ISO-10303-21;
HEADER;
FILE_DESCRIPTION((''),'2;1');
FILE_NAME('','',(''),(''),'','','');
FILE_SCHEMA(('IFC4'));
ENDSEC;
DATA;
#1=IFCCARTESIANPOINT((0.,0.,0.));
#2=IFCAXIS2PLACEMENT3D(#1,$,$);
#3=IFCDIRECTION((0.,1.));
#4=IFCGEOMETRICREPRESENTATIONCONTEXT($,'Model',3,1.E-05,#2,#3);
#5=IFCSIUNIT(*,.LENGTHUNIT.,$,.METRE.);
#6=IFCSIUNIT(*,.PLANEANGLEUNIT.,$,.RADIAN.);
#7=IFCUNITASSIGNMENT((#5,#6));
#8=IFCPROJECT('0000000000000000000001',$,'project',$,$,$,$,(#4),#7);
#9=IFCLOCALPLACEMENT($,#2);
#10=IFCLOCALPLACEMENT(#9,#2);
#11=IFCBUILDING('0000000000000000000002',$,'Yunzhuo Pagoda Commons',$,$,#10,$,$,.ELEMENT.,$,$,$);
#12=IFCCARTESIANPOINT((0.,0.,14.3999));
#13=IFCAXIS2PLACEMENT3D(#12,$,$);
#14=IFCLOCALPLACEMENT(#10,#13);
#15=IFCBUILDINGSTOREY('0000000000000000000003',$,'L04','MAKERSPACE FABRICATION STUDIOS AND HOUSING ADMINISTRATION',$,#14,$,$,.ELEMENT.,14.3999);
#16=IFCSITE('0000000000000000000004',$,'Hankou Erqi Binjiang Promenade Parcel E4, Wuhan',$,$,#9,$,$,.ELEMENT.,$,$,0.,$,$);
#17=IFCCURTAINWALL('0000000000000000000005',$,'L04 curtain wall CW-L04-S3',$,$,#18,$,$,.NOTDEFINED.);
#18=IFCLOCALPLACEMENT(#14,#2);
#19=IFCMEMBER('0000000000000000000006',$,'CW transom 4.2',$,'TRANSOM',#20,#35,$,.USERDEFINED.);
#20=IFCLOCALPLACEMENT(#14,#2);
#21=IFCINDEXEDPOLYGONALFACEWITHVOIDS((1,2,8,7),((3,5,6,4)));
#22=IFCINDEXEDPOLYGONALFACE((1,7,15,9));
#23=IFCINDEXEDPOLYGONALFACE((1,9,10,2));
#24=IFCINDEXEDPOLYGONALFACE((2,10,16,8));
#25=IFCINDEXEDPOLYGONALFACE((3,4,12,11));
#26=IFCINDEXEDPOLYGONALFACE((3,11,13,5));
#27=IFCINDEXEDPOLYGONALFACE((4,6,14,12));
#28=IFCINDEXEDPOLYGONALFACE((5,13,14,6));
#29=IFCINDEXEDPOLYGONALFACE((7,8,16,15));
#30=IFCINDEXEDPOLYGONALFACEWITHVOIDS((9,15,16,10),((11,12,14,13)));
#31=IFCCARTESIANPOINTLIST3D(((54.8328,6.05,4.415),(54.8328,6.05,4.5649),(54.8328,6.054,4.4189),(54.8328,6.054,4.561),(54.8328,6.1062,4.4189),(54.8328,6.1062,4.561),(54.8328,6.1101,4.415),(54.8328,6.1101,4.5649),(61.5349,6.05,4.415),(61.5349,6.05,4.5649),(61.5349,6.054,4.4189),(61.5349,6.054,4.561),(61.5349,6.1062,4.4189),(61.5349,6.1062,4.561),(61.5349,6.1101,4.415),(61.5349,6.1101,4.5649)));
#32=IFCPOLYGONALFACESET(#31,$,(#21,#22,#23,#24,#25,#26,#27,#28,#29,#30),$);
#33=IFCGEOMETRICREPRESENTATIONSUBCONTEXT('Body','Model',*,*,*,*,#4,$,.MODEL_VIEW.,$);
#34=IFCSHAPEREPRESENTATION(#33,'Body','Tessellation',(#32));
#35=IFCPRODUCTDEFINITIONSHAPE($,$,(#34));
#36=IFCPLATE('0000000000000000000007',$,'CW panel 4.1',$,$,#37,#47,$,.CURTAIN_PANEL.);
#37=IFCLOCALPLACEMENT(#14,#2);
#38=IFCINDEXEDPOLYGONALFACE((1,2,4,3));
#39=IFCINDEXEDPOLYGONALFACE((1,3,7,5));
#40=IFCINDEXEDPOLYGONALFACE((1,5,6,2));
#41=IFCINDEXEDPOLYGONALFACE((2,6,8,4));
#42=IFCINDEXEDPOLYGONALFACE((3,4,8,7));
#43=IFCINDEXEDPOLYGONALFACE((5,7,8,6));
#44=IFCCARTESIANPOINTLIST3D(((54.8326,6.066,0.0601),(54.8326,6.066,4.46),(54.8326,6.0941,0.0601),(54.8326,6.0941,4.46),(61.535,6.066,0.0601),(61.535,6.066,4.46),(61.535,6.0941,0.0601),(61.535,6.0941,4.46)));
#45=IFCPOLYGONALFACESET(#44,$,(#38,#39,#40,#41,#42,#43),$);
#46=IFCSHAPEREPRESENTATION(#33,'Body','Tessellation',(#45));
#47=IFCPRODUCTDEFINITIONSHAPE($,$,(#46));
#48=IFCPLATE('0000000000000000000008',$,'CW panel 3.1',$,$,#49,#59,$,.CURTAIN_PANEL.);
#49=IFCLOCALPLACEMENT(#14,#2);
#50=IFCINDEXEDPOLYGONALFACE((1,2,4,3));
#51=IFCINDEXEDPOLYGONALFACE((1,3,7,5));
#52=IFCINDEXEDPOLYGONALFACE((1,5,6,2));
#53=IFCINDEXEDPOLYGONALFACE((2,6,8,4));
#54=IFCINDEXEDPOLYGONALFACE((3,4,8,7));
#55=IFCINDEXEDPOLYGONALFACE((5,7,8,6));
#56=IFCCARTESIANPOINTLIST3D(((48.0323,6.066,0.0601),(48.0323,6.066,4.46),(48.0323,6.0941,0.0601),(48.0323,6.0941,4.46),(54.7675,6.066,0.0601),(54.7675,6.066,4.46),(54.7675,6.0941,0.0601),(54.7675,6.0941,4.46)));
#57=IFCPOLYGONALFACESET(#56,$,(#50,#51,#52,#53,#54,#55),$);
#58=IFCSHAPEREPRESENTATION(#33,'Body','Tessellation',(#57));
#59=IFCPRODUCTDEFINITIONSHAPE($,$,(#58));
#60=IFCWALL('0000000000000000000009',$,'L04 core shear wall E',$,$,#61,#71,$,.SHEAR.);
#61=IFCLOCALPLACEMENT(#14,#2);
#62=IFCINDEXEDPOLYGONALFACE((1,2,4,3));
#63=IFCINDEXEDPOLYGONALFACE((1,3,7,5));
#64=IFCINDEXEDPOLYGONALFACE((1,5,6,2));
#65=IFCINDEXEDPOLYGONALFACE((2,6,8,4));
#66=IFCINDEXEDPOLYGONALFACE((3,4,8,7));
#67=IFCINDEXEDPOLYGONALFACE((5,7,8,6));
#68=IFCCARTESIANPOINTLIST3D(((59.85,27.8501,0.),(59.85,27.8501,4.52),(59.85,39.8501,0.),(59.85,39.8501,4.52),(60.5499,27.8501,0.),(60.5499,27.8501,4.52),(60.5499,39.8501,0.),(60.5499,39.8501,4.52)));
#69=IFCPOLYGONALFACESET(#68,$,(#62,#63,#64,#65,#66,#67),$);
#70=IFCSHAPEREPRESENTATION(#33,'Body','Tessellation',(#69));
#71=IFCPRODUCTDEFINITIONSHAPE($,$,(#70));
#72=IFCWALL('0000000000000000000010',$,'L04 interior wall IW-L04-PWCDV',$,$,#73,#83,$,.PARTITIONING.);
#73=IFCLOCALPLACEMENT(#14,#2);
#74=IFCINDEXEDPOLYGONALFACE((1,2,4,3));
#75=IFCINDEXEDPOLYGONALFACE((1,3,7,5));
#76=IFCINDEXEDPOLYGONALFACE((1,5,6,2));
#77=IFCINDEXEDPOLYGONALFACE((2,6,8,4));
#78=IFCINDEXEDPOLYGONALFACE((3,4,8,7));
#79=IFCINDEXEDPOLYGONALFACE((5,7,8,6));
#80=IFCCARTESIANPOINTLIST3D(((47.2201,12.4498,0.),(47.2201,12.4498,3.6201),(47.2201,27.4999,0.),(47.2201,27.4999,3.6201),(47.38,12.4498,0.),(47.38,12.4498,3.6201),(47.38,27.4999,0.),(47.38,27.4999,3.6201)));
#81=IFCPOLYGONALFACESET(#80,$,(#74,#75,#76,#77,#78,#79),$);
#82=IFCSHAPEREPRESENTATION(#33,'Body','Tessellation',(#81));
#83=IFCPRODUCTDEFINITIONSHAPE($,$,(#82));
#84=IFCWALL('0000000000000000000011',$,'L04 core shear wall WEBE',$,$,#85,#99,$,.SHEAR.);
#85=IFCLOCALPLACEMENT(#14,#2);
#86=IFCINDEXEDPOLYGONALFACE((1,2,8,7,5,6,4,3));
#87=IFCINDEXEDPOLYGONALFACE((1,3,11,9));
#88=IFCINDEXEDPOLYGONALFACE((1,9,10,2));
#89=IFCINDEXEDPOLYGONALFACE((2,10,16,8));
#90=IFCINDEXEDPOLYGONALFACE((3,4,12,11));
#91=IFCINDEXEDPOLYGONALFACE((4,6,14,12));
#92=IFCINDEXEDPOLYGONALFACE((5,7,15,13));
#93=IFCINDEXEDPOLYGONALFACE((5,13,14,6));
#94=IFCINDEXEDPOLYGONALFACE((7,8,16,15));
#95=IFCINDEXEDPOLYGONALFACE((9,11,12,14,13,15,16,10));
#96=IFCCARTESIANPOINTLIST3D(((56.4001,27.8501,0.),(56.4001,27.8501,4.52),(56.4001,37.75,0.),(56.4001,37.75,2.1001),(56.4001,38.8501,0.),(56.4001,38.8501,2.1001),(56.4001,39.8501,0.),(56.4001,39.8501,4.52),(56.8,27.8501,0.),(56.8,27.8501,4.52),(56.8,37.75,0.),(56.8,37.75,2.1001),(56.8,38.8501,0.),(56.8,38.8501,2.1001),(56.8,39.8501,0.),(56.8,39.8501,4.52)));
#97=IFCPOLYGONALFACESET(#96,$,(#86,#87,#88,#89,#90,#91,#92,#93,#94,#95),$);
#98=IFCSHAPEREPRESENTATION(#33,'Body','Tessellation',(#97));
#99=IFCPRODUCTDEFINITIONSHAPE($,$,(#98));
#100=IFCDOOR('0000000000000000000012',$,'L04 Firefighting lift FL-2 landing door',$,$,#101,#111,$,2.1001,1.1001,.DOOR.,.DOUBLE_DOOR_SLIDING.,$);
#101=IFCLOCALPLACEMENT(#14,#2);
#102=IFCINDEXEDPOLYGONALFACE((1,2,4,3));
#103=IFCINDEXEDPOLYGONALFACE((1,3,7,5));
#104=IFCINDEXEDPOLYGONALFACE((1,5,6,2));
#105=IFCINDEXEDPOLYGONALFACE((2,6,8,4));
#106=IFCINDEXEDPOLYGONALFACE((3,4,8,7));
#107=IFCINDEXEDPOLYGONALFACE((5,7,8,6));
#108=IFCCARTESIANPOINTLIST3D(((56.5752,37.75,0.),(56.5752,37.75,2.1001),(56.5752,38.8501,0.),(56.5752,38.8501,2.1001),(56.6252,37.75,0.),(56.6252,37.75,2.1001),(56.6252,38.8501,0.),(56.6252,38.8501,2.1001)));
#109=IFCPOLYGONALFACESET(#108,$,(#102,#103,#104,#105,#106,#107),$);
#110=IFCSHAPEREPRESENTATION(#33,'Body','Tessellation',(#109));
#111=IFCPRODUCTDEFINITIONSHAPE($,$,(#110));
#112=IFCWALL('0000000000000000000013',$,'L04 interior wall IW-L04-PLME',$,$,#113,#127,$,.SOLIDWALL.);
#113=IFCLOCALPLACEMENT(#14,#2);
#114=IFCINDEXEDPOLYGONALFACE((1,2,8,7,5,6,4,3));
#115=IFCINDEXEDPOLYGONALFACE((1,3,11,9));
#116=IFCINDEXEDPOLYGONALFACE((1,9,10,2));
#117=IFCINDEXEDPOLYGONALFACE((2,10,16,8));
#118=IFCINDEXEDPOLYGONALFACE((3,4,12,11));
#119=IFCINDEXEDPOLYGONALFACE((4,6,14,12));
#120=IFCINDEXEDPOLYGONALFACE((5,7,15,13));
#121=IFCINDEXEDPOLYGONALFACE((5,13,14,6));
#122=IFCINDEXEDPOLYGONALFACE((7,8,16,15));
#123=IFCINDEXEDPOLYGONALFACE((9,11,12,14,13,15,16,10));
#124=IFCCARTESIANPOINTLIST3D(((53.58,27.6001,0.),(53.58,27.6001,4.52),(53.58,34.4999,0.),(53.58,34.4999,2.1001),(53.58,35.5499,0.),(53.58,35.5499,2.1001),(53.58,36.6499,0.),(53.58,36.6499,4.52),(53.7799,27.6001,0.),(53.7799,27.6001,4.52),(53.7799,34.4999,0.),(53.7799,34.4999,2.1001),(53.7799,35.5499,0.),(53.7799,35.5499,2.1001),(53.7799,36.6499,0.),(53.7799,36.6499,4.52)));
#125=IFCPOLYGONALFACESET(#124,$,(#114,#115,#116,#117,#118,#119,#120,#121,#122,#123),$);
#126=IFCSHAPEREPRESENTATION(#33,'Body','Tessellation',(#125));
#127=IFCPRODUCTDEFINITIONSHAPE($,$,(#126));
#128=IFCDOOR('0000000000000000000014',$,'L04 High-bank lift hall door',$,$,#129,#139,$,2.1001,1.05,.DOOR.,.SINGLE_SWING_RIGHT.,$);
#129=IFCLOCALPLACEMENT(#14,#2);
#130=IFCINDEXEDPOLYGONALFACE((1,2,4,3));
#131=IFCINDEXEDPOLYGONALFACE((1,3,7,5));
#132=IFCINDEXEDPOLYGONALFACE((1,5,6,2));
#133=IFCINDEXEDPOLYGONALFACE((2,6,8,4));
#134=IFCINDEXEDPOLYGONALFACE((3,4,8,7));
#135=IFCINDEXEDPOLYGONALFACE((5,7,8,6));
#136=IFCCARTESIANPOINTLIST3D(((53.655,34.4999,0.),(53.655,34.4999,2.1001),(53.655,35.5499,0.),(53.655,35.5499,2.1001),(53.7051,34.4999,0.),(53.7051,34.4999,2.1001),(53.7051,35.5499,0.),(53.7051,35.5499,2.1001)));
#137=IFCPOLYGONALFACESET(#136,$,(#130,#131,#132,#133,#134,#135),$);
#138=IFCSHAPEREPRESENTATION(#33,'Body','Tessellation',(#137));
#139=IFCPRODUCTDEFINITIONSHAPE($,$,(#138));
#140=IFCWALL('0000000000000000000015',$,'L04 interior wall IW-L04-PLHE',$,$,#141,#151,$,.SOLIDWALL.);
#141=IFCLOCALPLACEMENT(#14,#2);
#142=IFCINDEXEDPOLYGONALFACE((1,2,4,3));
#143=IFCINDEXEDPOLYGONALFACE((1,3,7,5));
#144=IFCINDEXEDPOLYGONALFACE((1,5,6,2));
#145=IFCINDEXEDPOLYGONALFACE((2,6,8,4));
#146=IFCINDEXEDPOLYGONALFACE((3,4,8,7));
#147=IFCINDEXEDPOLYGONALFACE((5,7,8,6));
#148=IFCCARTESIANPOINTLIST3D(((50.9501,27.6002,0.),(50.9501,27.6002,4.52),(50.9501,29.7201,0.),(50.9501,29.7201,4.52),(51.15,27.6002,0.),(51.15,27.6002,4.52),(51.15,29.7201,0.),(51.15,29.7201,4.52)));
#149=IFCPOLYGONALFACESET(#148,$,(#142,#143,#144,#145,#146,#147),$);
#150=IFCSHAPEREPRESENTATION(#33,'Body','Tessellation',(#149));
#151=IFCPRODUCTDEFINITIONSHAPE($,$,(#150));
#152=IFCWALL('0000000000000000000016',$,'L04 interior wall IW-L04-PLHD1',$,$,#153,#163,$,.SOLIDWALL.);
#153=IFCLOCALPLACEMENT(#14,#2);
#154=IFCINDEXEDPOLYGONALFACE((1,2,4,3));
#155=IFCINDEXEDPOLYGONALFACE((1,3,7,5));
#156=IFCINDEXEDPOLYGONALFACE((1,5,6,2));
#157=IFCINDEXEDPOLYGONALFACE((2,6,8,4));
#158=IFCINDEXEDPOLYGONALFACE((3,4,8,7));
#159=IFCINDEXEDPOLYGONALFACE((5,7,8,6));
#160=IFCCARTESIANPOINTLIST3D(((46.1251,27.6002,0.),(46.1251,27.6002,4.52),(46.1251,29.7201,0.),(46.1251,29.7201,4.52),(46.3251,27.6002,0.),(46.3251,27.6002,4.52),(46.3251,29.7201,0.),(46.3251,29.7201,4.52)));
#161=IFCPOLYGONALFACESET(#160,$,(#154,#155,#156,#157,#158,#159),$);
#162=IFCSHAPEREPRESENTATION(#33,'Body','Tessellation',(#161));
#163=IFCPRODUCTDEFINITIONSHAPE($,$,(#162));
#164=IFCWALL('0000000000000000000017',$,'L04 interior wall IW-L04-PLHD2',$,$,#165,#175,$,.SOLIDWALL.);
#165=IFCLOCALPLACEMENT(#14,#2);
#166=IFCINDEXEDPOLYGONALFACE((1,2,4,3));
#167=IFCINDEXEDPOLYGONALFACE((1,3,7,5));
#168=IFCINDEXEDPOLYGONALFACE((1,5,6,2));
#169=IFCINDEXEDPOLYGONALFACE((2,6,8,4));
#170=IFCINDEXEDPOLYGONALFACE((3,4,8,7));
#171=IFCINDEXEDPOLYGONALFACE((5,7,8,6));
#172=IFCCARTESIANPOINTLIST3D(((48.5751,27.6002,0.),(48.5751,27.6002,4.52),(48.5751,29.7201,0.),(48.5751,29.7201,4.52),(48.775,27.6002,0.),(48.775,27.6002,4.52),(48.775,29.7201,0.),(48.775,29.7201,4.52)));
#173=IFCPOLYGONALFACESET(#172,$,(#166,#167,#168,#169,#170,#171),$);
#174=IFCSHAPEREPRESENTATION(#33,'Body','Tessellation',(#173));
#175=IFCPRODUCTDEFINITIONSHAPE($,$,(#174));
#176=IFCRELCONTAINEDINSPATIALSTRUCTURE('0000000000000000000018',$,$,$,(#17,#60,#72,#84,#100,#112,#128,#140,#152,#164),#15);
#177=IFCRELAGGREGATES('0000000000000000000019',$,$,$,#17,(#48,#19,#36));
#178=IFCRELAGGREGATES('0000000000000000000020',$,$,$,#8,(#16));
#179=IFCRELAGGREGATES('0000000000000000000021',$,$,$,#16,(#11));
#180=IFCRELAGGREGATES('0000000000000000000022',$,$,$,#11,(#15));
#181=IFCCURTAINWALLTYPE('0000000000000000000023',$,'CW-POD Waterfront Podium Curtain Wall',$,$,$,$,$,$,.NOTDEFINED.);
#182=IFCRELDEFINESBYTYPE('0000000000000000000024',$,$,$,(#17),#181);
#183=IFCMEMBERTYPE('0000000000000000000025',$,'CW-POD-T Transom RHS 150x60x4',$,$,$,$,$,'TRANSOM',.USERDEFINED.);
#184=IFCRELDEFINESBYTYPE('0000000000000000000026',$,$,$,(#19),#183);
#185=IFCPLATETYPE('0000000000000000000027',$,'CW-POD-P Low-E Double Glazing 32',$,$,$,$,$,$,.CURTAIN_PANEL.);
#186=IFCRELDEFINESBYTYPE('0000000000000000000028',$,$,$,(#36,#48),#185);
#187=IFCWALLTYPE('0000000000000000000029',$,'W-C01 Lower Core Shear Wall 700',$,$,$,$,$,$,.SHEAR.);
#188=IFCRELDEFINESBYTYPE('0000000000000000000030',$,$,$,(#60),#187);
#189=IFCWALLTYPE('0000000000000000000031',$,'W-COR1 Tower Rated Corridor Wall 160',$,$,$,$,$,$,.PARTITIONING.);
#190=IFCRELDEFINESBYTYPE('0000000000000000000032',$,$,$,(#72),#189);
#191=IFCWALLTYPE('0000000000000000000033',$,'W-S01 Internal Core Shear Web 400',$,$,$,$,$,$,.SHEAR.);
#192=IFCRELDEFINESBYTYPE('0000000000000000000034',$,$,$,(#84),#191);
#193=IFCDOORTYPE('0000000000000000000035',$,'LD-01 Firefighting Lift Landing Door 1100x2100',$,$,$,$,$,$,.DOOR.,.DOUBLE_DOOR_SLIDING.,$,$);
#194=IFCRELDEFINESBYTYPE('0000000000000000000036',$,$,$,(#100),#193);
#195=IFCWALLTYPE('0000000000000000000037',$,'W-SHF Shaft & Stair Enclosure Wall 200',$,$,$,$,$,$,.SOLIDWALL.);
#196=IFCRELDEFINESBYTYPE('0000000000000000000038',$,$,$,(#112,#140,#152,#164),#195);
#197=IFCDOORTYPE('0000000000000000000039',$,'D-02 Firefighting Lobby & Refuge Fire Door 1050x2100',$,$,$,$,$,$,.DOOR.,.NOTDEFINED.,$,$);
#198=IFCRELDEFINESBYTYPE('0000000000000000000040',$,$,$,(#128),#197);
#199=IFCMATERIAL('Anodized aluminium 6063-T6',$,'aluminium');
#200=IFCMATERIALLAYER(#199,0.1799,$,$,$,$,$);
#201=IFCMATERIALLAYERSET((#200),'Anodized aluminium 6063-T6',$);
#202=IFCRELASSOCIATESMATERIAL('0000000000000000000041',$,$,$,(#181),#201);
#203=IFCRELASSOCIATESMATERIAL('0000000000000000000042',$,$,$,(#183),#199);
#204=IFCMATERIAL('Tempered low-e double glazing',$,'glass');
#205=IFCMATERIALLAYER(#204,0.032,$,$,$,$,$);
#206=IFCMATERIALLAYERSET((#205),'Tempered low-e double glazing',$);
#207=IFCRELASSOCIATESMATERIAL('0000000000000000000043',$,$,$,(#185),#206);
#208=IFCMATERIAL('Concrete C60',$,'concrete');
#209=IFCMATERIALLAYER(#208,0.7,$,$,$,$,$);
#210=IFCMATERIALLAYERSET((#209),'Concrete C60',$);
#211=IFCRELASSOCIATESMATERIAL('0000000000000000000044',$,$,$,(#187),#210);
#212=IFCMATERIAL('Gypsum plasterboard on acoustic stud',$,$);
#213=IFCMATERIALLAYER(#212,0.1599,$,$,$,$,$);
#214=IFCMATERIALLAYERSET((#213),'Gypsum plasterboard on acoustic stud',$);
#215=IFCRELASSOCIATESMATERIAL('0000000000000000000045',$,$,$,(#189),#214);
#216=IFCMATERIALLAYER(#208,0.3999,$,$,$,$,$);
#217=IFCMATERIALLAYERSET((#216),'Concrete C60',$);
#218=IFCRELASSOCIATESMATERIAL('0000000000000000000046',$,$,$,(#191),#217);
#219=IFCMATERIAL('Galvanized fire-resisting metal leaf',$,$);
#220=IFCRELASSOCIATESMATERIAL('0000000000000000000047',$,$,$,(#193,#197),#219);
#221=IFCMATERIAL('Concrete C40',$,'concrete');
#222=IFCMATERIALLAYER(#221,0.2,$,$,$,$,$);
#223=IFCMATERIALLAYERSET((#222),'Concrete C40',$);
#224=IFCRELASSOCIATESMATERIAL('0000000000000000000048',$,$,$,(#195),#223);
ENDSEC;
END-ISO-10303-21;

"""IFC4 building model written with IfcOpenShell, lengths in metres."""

from ifc_helpers import new_model, si_unit, direction, frame, frame_2d, origin, origin_with_axes, origin_2d, place, context, subcontext, project, spatial, rectangle, hollow_rectangle, extrude, source, transform, mapped, material, layer, layer_set, material_profile, profile_set, type_object, element, fill, aggregate, save


model = new_model("IFC4")

# Units and contexts
model_context = context("Model", 3, precision=1e-05, world=origin(), true_north=direction((0.0, 1.0)))
body_context = subcontext(model_context, "Body", "Model", "MODEL_VIEW")
ifc_project = project(units=[si_unit("LENGTHUNIT", "METRE"), si_unit("PLANEANGLEUNIT", "RADIAN")], contexts=[model_context])

# Site, building, storey
site_placement = place(None, origin())
site = spatial("IfcSite", under=ifc_project, at=site_placement, Name="Hankou Erqi Binjiang Promenade Parcel E4, Wuhan", CompositionType="ELEMENT", RefElevation=0.0)
building_placement = place(site_placement, origin())
building = spatial("IfcBuilding", under=site, at=building_placement, Name="Yunzhuo Pagoda Commons", CompositionType="ELEMENT")
storey_placement = place(building_placement, frame((0.0, 0.0, 14.3999)))
storey = spatial("IfcBuildingStorey", under=building, at=storey_placement, Name="L04", Description="MAKERSPACE FABRICATION STUDIOS AND HOUSING ADMINISTRATION", CompositionType="ELEMENT", Elevation=14.3999)

# Curtain wall, member, plates
ifc_material_1 = material(Name="Anodized aluminium 6063-T6", Category="aluminium")
ifc_layer_1 = layer(ifc_material_1, 0.1799)
ifc_layer_set_1 = layer_set([ifc_layer_1], Name="Anodized aluminium 6063-T6")
curtain_wall_type = type_object("IfcCurtainWallType", Name="CW-POD Waterfront Podium Curtain Wall", PredefinedType="NOTDEFINED", material=ifc_layer_set_1)
curtain_wall_placement = place(storey_placement, origin())
curtain_wall = element("IfcCurtainWall", 1, at=curtain_wall_placement, inside=storey, type_object=curtain_wall_type, Name="L04 curtain wall CW-L04-S3", PredefinedType="NOTDEFINED")
ifc_material_profile_1 = material_profile(ifc_material_1, hollow_rectangle(XDim=0.0601, YDim=0.1499, WallThickness=0.0039, at=origin_2d()), Name="Anodized aluminium 6063-T6")
ifc_profile_set_1 = profile_set([ifc_material_profile_1], Name="Anodized aluminium 6063-T6")
member_type_1 = type_object("IfcMemberType", Name="CW-POD-T Transom RHS 150x60x4", ElementType="TRANSOM", PredefinedType="USERDEFINED", material=ifc_profile_set_1)
shared_shape_1 = source(origin(), body_context, "Body", "SweptSolid", [
    extrude(hollow_rectangle(XDim=0.0601, YDim=0.1499, WallThickness=0.0039, at=origin_2d()), origin(), (0.0, 0.0, 1.0), 6.7021),
])
member_1_placement = place(storey_placement, frame((54.8328, 6.0801, 4.49), z_axis=(1.0, 0.0, 0.0), x_axis=(0.0, 1.0, 0.0)))
member_1 = element("IfcMember", 2, at=member_1_placement, type_object=member_type_1, Name="CW transom 4.2", ObjectType="TRANSOM", PredefinedType="USERDEFINED", context=body_context, shape_type="MappedRepresentation", body=[
    mapped(shared_shape_1, transform((0.0, 0.0, 0.0), scale=1.0)),
])
ifc_material_2 = material(Name="Tempered low-e double glazing", Category="glass")
ifc_layer_2 = layer(ifc_material_2, 0.032)
ifc_layer_set_2 = layer_set([ifc_layer_2], Name="Tempered low-e double glazing")
plate_type = type_object("IfcPlateType", Name="CW-POD-P Low-E Double Glazing 32", PredefinedType="CURTAIN_PANEL", material=ifc_layer_set_2)
shared_shape_2 = source(origin(), body_context, "Body", "SweptSolid", [
    extrude(rectangle(XDim=6.7024, YDim=0.0281, at=origin_2d()), origin(), (0.0, 0.0, 1.0), 4.3999),
])
plate_1_placement = place(storey_placement, frame((58.1838, 6.0801, 0.0601), z_axis=(0.0, 0.0, 1.0), x_axis=(1.0, 0.0, 0.0)))
plate_1 = element("IfcPlate", 3, at=plate_1_placement, type_object=plate_type, Name="CW panel 4.1", PredefinedType="CURTAIN_PANEL", context=body_context, shape_type="MappedRepresentation", body=[
    mapped(shared_shape_2, transform((0.0, 0.0, 0.0), scale=1.0)),
])
shared_shape_3 = source(origin(), body_context, "Body", "SweptSolid", [
    extrude(rectangle(XDim=6.7351, YDim=0.0281, at=origin_2d()), origin(), (0.0, 0.0, 1.0), 4.3999),
])
plate_2_placement = place(storey_placement, frame((51.3999, 6.0801, 0.0601), z_axis=(0.0, 0.0, 1.0), x_axis=(1.0, 0.0, 0.0)))
plate_2 = element("IfcPlate", 4, at=plate_2_placement, type_object=plate_type, Name="CW panel 3.1", PredefinedType="CURTAIN_PANEL", context=body_context, shape_type="MappedRepresentation", body=[
    mapped(shared_shape_3, transform((0.0, 0.0, 0.0), scale=1.0)),
])
aggregate(curtain_wall, [plate_2, member_1, plate_1])

# Walls
ifc_material_3 = material(Name="Concrete C60", Category="concrete")
ifc_layer_3 = layer(ifc_material_3, 0.7)
ifc_layer_set_3 = layer_set([ifc_layer_3], Name="Concrete C60")
wall_type_1 = type_object("IfcWallType", Name="W-C01 Lower Core Shear Wall 700", PredefinedType="SHEAR", material=ifc_layer_set_3)
wall_1_placement = place(storey_placement, frame((60.2, 27.8501, 0.0), z_axis=(0.0, 0.0, 1.0), x_axis=(0.0, 1.0, 0.0)))
element("IfcWall", 5, at=wall_1_placement, inside=storey, type_object=wall_type_1, Name="L04 core shear wall E", PredefinedType="SHEAR", context=body_context, shape_type="SweptSolid", body=[
    extrude(rectangle(XDim=12.0, YDim=0.7, at=frame_2d((6.0, 0.0))), origin(), (0.0, 0.0, 1.0), 4.52),
])
ifc_material_4 = material(Name="Gypsum plasterboard on acoustic stud")
ifc_layer_4 = layer(ifc_material_4, 0.1599)
ifc_layer_set_4 = layer_set([ifc_layer_4], Name="Gypsum plasterboard on acoustic stud")
wall_type_2 = type_object("IfcWallType", Name="W-COR1 Tower Rated Corridor Wall 160", PredefinedType="PARTITIONING", material=ifc_layer_set_4)
wall_2_placement = place(storey_placement, frame((47.3, 12.45, 0.0), z_axis=(0.0, 0.0, 1.0), x_axis=(0.0, 1.0, 0.0)))
element("IfcWall", 6, at=wall_2_placement, inside=storey, type_object=wall_type_2, Name="L04 interior wall IW-L04-PWCDV", PredefinedType="PARTITIONING", context=body_context, shape_type="SweptSolid", body=[
    extrude(rectangle(XDim=15.05, YDim=0.1599, at=frame_2d((7.5249, 0.0))), origin(), (0.0, 0.0, 1.0), 3.6201),
])

# Walls, openings, doors
ifc_layer_5 = layer(ifc_material_3, 0.3999)
ifc_layer_set_5 = layer_set([ifc_layer_5], Name="Concrete C60")
wall_type_3 = type_object("IfcWallType", Name="W-S01 Internal Core Shear Web 400", PredefinedType="SHEAR", material=ifc_layer_set_5)
wall_3_placement = place(storey_placement, frame((56.6001, 27.8501, 0.0), z_axis=(0.0, 0.0, 1.0), x_axis=(0.0, 1.0, 0.0)))
wall_3 = element("IfcWall", 7, at=wall_3_placement, inside=storey, type_object=wall_type_3, Name="L04 core shear wall WEBE", PredefinedType="SHEAR", context=body_context, shape_type="SweptSolid", body=[
    extrude(rectangle(XDim=12.0, YDim=0.3999, at=frame_2d((6.0, 0.0))), origin(), (0.0, 0.0, 1.0), 4.52),
])
opening_1_placement = place(wall_3_placement, frame((9.8999, 0.0, 0.0)))
opening_1 = element("IfcOpeningElement", 8, at=opening_1_placement, cuts=wall_3, PredefinedType="OPENING", context=body_context, shape_type="SweptSolid", body=[
    extrude(rectangle(XDim=1.1001, YDim=2.1001, at=frame_2d((0.55, 1.05))), frame((0.0, 0.21, 0.0), z_axis=(0.0, -1.0, 0.0), x_axis=(1.0, 0.0, 0.0)), (0.0, 0.0, 1.0), 0.4199),
])
ifc_material_5 = material(Name="Galvanized fire-resisting metal leaf")
door_type_1 = type_object("IfcDoorType", Name="LD-01 Firefighting Lift Landing Door 1100x2100", OperationType="DOUBLE_DOOR_SLIDING", PredefinedType="DOOR", material=ifc_material_5)
shared_shape_4 = source(origin(), body_context, "Body", "SweptSolid", [
    extrude(rectangle(XDim=1.1001, YDim=2.1001, at=frame_2d((0.55, 1.05))), frame((0.0, 0.0249, 0.0), z_axis=(0.0, -1.0, 0.0), x_axis=(1.0, 0.0, 0.0)), (0.0, 0.0, 1.0), 0.05),
])
door_1_placement = place(opening_1_placement, origin_with_axes())
door_1 = element("IfcDoor", 9, at=door_1_placement, inside=storey, type_object=door_type_1, Name="L04 Firefighting lift FL-2 landing door", OperationType="DOUBLE_DOOR_SLIDING", OverallHeight=2.1001, OverallWidth=1.1001, PredefinedType="DOOR", context=body_context, shape_type="MappedRepresentation", body=[
    mapped(shared_shape_4, transform((0.0, 0.0, 0.0), scale=1.0)),
])
fill(opening_1, door_1)
ifc_material_6 = material(Name="Concrete C40", Category="concrete")
ifc_layer_6 = layer(ifc_material_6, 0.2)
ifc_layer_set_6 = layer_set([ifc_layer_6], Name="Concrete C40")
wall_type_4 = type_object("IfcWallType", Name="W-SHF Shaft & Stair Enclosure Wall 200", PredefinedType="SOLIDWALL", material=ifc_layer_set_6)
wall_4_placement = place(storey_placement, frame((53.6799, 27.6001, 0.0), z_axis=(0.0, 0.0, 1.0), x_axis=(0.0, 1.0, 0.0)))
wall_4 = element("IfcWall", 10, at=wall_4_placement, inside=storey, type_object=wall_type_4, Name="L04 interior wall IW-L04-PLME", PredefinedType="SOLIDWALL", context=body_context, shape_type="SweptSolid", body=[
    extrude(rectangle(XDim=9.0498, YDim=0.2, at=frame_2d((4.5249, 0.0))), origin(), (0.0, 0.0, 1.0), 4.52),
])
opening_2_placement = place(wall_4_placement, frame((6.8999, 0.0, 0.0)))
opening_2 = element("IfcOpeningElement", 11, at=opening_2_placement, cuts=wall_4, PredefinedType="OPENING", context=body_context, shape_type="SweptSolid", body=[
    extrude(rectangle(XDim=1.05, YDim=2.1001, at=frame_2d((0.5249, 1.05))), frame((0.0, 0.1099, 0.0), z_axis=(0.0, -1.0, 0.0), x_axis=(1.0, 0.0, 0.0)), (0.0, 0.0, 1.0), 0.22),
])
door_type_2 = type_object("IfcDoorType", Name="D-02 Firefighting Lobby & Refuge Fire Door 1050x2100", OperationType="NOTDEFINED", PredefinedType="DOOR", material=ifc_material_5)
shared_shape_5 = source(origin(), body_context, "Body", "SweptSolid", [
    extrude(rectangle(XDim=1.05, YDim=2.1001, at=frame_2d((0.5249, 1.05))), frame((0.0, 0.0249, 0.0), z_axis=(0.0, -1.0, 0.0), x_axis=(1.0, 0.0, 0.0)), (0.0, 0.0, 1.0), 0.05),
])
door_2_placement = place(opening_2_placement, origin_with_axes())
door_2 = element("IfcDoor", 12, at=door_2_placement, inside=storey, type_object=door_type_2, Name="L04 High-bank lift hall door", OperationType="SINGLE_SWING_RIGHT", OverallHeight=2.1001, OverallWidth=1.05, PredefinedType="DOOR", context=body_context, shape_type="MappedRepresentation", body=[
    mapped(shared_shape_5, transform((0.0, 0.0, 0.0), scale=1.0)),
])
fill(opening_2, door_2)

# Walls
for number, where, z_axis, x_axis, name in (
    (13, (51.05, 27.6001, 0.0), (0.0, 0.0, 1.0), (0.0, 1.0, 0.0), "L04 interior wall IW-L04-PLHE"),
    (14, (46.2251, 27.6001, 0.0), (0.0, 0.0, 1.0), (0.0, 1.0, 0.0), "L04 interior wall IW-L04-PLHD1"),
    (15, (48.675, 27.6001, 0.0), (0.0, 0.0, 1.0), (0.0, 1.0, 0.0), "L04 interior wall IW-L04-PLHD2"),
):
    element("IfcWall", number, at=place(storey_placement, frame(where, z_axis=z_axis, x_axis=x_axis)), inside=storey, type_object=wall_type_4, Name=name, PredefinedType="SOLIDWALL", context=body_context, shape_type="SweptSolid", body=[
        extrude(rectangle(XDim=2.1199, YDim=0.2, at=frame_2d((1.0601, 0.0))), origin(), (0.0, 0.0, 1.0), 4.52),
    ])

save(model, "model.ifc")
